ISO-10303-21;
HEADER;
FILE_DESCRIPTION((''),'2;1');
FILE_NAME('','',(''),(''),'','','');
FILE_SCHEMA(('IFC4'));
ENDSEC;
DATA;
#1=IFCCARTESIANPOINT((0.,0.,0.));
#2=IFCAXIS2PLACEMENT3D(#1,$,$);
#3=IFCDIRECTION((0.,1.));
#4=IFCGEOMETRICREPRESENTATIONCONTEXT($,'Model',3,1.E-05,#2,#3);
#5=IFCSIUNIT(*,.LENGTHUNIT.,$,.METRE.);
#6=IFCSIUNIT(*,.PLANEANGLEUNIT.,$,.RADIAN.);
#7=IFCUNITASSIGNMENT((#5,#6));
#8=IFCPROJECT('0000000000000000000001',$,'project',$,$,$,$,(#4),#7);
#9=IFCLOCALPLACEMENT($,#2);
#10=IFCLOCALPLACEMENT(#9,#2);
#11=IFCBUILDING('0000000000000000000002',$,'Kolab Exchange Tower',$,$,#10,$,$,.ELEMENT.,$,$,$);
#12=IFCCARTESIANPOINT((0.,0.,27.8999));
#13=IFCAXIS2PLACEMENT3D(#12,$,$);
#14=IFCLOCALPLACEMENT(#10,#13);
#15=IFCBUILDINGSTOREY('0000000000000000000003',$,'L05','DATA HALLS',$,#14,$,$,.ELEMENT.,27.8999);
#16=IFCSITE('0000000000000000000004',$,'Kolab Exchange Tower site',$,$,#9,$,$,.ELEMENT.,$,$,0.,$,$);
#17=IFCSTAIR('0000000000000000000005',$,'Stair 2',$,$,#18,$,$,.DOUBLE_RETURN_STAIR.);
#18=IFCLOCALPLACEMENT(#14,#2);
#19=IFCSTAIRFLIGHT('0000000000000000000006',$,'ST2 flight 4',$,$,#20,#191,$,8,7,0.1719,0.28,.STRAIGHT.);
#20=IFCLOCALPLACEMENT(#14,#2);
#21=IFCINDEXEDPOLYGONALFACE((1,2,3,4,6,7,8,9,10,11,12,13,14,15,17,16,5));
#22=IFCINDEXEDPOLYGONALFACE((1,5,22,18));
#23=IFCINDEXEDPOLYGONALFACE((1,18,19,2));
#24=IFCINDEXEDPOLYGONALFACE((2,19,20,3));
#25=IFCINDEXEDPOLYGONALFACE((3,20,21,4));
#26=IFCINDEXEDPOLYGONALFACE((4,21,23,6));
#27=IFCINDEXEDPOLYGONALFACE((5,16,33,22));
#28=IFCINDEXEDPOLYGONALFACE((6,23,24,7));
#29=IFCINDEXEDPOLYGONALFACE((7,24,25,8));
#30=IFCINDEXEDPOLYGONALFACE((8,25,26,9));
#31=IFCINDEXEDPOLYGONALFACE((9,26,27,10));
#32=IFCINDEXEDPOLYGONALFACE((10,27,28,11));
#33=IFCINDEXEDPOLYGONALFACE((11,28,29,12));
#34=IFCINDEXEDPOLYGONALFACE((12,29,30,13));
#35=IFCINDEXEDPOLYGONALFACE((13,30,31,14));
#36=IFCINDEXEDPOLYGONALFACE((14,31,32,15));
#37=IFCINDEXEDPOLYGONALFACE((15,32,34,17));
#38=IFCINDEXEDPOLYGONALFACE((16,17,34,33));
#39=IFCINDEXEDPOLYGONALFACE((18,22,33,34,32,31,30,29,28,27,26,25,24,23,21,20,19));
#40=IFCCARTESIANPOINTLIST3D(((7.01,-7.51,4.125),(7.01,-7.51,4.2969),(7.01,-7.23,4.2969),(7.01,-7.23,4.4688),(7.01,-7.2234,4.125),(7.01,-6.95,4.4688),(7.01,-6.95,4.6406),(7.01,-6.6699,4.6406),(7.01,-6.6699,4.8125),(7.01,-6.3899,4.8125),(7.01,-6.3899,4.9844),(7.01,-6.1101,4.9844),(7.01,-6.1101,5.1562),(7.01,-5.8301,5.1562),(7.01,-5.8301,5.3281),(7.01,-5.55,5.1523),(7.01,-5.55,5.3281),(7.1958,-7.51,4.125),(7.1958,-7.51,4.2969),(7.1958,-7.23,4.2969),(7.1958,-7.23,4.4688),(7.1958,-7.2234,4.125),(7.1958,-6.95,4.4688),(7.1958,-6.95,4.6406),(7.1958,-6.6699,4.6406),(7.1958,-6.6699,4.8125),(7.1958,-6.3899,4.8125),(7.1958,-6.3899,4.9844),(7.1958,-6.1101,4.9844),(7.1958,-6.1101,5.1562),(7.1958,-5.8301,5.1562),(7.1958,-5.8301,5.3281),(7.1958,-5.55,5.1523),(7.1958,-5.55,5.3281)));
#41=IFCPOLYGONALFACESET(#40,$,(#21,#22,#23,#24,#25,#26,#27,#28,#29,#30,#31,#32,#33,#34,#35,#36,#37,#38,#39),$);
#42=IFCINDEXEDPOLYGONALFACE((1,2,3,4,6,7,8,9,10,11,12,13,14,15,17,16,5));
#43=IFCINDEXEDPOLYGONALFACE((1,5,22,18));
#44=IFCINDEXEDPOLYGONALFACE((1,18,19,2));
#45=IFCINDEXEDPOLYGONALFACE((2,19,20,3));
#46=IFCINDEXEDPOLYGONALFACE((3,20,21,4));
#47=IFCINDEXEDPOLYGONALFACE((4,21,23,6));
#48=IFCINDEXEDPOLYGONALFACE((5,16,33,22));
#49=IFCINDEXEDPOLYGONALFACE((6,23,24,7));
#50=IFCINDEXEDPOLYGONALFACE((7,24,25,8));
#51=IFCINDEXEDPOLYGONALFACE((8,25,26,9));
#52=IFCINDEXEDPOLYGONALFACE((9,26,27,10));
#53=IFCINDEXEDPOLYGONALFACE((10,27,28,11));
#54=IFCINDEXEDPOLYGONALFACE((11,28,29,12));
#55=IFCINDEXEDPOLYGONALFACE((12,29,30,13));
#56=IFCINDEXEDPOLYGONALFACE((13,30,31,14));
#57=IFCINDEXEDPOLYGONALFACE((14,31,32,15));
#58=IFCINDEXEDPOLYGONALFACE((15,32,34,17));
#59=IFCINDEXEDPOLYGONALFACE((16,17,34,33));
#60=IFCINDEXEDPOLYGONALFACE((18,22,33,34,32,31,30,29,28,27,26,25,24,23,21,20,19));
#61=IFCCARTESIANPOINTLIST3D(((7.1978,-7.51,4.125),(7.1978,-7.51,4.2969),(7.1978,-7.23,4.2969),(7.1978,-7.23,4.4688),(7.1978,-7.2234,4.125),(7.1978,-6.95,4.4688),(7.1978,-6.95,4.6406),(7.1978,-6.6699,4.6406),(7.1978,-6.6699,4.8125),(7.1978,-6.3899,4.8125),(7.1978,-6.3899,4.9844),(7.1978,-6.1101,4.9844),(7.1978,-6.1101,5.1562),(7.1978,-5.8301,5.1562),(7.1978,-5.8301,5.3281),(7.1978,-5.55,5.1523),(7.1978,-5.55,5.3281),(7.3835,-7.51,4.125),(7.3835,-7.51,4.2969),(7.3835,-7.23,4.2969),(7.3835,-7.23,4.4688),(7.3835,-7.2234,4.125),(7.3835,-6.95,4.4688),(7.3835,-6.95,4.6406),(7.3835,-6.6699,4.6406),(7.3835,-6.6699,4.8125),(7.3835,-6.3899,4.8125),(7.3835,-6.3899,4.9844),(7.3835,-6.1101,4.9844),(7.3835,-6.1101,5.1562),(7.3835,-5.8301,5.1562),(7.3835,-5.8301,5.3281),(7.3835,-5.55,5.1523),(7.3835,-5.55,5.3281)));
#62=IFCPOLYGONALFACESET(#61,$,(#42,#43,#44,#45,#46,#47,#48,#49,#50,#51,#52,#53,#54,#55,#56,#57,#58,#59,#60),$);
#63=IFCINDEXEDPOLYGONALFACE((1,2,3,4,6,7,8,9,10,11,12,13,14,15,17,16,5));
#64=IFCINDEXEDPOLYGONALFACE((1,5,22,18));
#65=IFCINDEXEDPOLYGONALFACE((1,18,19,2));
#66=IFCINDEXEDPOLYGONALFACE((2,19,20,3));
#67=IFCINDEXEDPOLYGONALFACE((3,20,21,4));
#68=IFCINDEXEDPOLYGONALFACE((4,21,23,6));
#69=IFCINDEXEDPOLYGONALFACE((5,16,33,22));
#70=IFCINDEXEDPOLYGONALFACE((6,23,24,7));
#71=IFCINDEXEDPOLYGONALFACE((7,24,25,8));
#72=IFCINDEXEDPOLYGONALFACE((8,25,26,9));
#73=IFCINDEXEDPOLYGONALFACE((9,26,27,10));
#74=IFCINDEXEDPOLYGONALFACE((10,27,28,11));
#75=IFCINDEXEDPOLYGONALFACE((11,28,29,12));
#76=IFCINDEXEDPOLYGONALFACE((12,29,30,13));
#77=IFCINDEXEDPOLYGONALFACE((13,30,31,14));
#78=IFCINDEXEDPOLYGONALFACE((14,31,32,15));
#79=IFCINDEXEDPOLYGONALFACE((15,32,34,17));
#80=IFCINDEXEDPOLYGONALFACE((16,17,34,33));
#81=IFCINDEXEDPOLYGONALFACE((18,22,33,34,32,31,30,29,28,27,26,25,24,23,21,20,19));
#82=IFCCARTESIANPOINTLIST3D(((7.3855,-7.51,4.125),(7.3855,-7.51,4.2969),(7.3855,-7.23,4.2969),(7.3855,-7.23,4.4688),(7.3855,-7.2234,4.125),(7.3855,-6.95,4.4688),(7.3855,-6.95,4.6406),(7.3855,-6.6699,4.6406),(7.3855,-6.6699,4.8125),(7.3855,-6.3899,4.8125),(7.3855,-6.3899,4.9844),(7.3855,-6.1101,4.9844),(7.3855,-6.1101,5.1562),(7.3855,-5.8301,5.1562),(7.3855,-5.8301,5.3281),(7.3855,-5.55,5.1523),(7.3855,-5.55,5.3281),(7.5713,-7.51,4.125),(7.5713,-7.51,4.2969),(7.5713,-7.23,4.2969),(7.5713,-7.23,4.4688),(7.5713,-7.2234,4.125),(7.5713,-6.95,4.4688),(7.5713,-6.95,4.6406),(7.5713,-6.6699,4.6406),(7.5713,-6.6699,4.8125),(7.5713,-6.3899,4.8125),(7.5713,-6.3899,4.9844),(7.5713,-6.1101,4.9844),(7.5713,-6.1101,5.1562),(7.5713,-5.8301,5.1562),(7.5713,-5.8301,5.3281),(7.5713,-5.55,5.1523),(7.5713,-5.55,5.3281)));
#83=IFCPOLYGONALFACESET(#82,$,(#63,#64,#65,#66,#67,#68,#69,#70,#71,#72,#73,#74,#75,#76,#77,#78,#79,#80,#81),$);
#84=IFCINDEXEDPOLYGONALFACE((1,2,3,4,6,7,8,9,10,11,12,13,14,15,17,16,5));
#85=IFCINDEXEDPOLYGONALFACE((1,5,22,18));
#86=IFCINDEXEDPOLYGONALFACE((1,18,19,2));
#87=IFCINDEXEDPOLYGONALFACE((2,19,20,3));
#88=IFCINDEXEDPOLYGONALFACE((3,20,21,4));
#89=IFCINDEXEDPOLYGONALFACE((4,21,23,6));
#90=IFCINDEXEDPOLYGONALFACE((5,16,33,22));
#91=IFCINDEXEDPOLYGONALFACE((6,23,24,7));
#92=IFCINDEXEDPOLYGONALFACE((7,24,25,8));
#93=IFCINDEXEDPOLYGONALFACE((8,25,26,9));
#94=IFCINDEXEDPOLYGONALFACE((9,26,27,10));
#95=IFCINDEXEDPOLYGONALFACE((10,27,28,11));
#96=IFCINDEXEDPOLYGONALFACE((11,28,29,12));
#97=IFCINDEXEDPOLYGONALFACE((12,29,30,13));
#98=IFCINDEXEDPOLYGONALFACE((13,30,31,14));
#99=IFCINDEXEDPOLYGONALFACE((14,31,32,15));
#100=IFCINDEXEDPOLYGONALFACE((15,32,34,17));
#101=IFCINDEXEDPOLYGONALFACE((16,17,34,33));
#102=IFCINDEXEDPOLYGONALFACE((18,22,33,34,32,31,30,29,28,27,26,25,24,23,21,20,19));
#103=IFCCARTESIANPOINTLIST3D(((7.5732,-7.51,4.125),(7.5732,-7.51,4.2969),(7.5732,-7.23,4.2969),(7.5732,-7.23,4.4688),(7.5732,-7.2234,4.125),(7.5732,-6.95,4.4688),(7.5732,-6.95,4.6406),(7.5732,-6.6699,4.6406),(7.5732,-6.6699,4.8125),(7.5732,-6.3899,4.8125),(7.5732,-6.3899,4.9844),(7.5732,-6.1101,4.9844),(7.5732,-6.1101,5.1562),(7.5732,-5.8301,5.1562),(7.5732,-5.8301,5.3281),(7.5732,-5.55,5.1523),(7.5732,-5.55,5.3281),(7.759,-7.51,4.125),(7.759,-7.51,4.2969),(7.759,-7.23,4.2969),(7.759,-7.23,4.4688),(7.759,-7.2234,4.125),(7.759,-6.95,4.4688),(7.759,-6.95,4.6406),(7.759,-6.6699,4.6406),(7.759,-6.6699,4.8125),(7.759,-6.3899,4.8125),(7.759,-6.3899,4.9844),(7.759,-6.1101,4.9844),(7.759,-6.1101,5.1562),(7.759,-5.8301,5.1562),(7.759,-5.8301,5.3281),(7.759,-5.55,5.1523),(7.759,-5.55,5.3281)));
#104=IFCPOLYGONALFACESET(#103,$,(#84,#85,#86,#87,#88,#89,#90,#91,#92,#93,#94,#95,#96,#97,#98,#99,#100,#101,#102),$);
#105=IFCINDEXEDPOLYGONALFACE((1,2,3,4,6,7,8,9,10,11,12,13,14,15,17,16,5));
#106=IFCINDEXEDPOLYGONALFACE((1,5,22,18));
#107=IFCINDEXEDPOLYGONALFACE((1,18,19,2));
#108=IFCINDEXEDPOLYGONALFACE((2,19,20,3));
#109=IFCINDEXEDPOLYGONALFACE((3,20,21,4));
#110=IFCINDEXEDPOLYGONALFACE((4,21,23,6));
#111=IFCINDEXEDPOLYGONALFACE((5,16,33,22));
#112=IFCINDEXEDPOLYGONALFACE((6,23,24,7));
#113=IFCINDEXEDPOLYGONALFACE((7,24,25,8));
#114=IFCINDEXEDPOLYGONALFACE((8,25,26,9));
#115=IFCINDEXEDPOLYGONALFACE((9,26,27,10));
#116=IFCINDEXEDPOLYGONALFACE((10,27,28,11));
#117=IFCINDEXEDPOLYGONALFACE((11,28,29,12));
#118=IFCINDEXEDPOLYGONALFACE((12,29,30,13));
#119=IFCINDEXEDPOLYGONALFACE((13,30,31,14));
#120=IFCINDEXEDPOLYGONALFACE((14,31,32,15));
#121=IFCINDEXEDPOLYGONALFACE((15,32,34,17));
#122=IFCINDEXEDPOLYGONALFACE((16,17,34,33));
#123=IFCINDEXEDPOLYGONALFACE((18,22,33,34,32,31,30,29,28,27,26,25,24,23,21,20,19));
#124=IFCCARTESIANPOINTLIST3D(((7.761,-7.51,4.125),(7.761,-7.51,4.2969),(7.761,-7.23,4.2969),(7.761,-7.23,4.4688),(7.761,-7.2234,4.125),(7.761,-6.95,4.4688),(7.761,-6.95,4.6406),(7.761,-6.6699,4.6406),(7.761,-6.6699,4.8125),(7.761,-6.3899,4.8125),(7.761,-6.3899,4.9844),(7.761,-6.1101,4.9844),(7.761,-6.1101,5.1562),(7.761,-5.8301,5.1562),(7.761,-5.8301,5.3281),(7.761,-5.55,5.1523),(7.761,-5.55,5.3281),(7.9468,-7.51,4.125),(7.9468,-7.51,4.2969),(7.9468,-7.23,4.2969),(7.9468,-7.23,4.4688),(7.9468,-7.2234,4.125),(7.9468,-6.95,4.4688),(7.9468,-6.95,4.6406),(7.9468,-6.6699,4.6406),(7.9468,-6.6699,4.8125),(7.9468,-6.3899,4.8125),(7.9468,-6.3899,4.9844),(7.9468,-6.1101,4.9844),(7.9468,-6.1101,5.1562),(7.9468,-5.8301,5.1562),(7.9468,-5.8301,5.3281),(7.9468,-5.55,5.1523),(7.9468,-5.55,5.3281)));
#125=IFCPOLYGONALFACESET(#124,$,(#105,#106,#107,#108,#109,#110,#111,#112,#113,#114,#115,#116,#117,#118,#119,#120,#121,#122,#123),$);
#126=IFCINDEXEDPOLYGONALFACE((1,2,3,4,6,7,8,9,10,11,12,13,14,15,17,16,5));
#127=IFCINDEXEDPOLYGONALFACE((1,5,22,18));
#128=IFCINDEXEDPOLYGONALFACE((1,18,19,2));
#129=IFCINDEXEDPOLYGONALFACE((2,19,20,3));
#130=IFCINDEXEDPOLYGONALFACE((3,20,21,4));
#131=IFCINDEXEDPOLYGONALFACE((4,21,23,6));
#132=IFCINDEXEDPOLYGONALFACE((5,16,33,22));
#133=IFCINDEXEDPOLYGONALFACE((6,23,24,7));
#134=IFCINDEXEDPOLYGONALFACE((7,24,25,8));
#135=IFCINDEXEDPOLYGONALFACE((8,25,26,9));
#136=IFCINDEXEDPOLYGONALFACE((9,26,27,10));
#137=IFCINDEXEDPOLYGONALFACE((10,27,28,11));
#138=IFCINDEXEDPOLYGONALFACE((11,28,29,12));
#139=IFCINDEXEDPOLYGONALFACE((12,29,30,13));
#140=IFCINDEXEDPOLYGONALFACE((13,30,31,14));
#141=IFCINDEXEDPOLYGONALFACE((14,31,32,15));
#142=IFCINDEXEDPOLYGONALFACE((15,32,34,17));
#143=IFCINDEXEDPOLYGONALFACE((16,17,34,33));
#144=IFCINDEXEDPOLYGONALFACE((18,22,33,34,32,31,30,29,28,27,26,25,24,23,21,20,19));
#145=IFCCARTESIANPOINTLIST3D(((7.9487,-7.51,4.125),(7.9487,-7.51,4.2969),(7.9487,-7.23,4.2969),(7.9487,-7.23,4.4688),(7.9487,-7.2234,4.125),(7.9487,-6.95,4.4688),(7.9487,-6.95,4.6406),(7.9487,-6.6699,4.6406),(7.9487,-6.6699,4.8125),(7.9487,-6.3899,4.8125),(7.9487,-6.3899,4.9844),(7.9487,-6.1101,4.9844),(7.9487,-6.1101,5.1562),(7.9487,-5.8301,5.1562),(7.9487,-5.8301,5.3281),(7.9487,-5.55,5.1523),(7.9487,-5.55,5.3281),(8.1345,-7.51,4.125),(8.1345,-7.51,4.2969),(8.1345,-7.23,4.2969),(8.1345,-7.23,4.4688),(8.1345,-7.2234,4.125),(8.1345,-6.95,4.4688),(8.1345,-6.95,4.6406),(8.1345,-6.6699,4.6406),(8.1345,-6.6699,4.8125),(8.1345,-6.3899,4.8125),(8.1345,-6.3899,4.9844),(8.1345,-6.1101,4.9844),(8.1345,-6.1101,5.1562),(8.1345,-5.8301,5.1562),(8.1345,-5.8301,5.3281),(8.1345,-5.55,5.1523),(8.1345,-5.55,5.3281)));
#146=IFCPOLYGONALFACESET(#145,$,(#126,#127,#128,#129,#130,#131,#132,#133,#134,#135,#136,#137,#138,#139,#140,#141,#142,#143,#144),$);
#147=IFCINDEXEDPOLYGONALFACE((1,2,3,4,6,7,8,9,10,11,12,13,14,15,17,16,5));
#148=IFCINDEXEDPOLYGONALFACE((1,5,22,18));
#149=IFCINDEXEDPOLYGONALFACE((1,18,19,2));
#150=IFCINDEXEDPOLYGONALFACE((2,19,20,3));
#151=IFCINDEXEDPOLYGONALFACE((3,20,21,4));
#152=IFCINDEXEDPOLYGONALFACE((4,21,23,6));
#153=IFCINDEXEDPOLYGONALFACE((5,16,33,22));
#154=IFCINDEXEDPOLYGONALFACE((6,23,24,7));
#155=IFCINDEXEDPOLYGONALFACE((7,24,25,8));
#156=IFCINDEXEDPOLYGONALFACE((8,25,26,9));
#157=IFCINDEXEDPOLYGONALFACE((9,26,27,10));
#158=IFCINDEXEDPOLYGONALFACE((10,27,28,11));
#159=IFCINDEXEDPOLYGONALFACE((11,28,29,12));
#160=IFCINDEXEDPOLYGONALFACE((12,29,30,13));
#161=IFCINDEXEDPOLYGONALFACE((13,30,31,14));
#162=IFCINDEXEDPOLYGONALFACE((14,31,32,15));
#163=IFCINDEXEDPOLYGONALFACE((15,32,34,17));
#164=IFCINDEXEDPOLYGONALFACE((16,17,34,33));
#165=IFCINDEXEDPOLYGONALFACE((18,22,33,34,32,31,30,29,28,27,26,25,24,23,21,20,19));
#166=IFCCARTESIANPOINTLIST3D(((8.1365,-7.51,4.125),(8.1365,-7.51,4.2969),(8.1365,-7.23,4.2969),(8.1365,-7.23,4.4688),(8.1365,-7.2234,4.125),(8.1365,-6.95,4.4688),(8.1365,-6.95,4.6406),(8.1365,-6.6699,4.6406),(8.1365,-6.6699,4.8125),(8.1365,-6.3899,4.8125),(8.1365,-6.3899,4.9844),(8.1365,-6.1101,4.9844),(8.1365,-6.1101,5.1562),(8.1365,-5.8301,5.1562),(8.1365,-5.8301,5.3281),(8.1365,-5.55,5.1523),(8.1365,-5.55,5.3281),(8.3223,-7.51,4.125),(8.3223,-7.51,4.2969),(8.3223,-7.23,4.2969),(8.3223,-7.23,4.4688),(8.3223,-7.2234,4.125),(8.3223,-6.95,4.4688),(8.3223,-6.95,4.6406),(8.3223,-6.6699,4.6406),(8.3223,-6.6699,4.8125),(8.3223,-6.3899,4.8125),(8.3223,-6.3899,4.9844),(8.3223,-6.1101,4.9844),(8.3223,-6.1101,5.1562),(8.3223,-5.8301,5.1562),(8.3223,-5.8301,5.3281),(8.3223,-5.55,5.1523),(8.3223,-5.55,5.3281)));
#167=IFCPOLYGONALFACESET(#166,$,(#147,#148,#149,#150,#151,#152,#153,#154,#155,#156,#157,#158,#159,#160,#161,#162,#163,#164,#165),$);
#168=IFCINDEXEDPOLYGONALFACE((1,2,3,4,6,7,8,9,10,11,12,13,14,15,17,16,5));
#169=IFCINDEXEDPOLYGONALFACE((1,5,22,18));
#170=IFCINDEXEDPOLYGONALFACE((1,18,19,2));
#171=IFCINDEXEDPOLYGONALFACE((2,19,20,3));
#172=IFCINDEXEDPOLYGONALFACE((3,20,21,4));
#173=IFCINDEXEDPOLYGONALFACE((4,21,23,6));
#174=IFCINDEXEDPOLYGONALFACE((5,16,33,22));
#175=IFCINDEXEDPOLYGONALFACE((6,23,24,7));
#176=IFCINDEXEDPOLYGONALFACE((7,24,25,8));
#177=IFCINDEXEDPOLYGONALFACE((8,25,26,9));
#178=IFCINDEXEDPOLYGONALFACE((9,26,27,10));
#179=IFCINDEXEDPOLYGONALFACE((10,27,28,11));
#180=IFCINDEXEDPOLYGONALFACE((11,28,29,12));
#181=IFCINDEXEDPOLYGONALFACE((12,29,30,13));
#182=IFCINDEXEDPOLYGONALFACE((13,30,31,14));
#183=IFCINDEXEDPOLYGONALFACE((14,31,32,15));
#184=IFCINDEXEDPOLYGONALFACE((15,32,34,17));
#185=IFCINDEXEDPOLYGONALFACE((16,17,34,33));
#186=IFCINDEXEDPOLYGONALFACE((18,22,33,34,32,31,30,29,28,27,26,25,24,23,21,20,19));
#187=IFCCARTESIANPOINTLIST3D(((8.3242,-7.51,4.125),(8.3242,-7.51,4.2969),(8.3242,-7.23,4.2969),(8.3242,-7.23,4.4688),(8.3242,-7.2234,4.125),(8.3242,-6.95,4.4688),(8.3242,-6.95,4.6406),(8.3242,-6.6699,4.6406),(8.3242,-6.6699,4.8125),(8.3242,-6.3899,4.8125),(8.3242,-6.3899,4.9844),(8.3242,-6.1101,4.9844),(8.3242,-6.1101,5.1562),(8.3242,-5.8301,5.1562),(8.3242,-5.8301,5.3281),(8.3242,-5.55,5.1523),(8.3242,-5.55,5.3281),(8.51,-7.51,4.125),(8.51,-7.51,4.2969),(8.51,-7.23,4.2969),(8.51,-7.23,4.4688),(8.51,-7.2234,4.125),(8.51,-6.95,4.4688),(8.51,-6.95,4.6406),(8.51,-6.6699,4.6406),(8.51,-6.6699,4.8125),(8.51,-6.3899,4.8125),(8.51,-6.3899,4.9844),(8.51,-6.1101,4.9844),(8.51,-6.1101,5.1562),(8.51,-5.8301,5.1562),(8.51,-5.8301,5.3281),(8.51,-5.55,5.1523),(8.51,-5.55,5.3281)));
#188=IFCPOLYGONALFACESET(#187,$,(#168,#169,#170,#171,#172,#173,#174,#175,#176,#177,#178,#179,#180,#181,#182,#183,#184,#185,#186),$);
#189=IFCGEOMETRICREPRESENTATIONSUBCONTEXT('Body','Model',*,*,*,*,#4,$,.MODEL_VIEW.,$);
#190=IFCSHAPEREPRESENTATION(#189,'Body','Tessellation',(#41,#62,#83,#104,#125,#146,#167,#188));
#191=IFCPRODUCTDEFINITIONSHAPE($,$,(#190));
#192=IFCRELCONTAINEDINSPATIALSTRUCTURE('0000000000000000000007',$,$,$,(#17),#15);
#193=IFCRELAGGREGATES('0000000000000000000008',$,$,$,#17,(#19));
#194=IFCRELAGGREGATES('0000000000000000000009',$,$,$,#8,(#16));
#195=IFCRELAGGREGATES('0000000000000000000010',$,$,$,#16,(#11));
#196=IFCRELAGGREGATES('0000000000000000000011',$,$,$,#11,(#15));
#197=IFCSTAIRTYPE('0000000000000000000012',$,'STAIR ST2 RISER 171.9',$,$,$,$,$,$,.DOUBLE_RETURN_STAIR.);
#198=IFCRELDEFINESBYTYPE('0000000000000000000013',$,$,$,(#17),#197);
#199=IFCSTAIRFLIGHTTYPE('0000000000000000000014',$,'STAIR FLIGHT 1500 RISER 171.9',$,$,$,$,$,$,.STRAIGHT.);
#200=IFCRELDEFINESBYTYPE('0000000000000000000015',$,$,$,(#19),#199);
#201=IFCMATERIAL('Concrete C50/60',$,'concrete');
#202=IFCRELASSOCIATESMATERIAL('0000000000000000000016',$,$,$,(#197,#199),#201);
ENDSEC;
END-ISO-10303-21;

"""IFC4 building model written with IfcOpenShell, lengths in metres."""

from ifc_helpers import new_model, si_unit, direction, frame, origin, place, context, subcontext, project, spatial, polyline, outline, extrude, material, type_object, element, aggregate, save


model = new_model("IFC4")

# Units and contexts
model_context = context("Model", 3, precision=1e-05, world=origin(), true_north=direction((0.0, 1.0)))
body_context = subcontext(model_context, "Body", "Model", "MODEL_VIEW")
ifc_project = project(units=[si_unit("LENGTHUNIT", "METRE"), si_unit("PLANEANGLEUNIT", "RADIAN")], contexts=[model_context])

# Site, building, storey
site_placement = place(None, origin())
site = spatial("IfcSite", under=ifc_project, at=site_placement, Name="Kolab Exchange Tower site", CompositionType="ELEMENT", RefElevation=0.0)
building_placement = place(site_placement, origin())
building = spatial("IfcBuilding", under=site, at=building_placement, Name="Kolab Exchange Tower", CompositionType="ELEMENT")
storey_placement = place(building_placement, frame((0.0, 0.0, 27.8999)))
storey = spatial("IfcBuildingStorey", under=building, at=storey_placement, Name="L05", Description="DATA HALLS", CompositionType="ELEMENT", Elevation=27.8999)

# Shared definitions
ifc_material_1 = material(Name="Concrete C50/60", Category="concrete")

# Stair, stair flight
stair_type_1 = type_object("IfcStairType", Name="STAIR ST2 RISER 171.9", PredefinedType="DOUBLE_RETURN_STAIR", material=ifc_material_1)
stair_1_placement = place(storey_placement, origin())
stair_1 = element("IfcStair", 1, at=stair_1_placement, inside=storey, type_object=stair_type_1, Name="Stair 2", PredefinedType="DOUBLE_RETURN_STAIR")
stair_flight_type = type_object("IfcStairFlightType", Name="STAIR FLIGHT 1500 RISER 171.9", PredefinedType="STRAIGHT", material=ifc_material_1)
stair_flight_1_placement = place(storey_placement, frame((7.76, -7.51, 4.125), z_axis=(0.0, 0.0, 1.0), x_axis=(0.0, 1.0, 0.0)))
stair_flight_1 = element("IfcStairFlight", 2, at=stair_flight_1_placement, type_object=stair_flight_type, Name="ST2 flight 4", NumberOfRisers=8, NumberOfTreads=7, PredefinedType="STRAIGHT", RiserHeight=0.1719, TreadLength=0.28, context=body_context, shape_type="SweptSolid", body=[
    extrude(outline(polyline([(0.0, 0.0), (0.0, 0.1719), (0.28, 0.1719), (0.28, 0.3438), (0.5601, 0.3438), (0.5601, 0.5156), (0.8401, 0.5156), (0.8401, 0.6875), (1.1201, 0.6875), (1.1201, 0.8594), (1.3999, 0.8594), (1.3999, 1.0312), (1.6799, 1.0312), (1.6799, 1.2031), (1.96, 1.2031), (1.96, 1.375), (1.96, 1.0273), (0.2866, 0.0), (0.0, 0.0)])), frame((0.0, 0.75, 0.0), z_axis=(0.0, -1.0, 0.0), x_axis=(1.0, 0.0, 0.0)), (0.0, 0.0, 1.0), 0.1858),
    extrude(outline(polyline([(0.0, 0.0), (0.0, 0.1719), (0.28, 0.1719), (0.28, 0.3438), (0.5601, 0.3438), (0.5601, 0.5156), (0.8401, 0.5156), (0.8401, 0.6875), (1.1201, 0.6875), (1.1201, 0.8594), (1.3999, 0.8594), (1.3999, 1.0312), (1.6799, 1.0312), (1.6799, 1.2031), (1.96, 1.2031), (1.96, 1.375), (1.96, 1.0273), (0.2866, 0.0), (0.0, 0.0)])), frame((0.0, 0.5623, 0.0), z_axis=(0.0, -1.0, 0.0), x_axis=(1.0, 0.0, 0.0)), (0.0, 0.0, 1.0), 0.1858),
    extrude(outline(polyline([(0.0, 0.0), (0.0, 0.1719), (0.28, 0.1719), (0.28, 0.3438), (0.5601, 0.3438), (0.5601, 0.5156), (0.8401, 0.5156), (0.8401, 0.6875), (1.1201, 0.6875), (1.1201, 0.8594), (1.3999, 0.8594), (1.3999, 1.0312), (1.6799, 1.0312), (1.6799, 1.2031), (1.96, 1.2031), (1.96, 1.375), (1.96, 1.0273), (0.2866, 0.0), (0.0, 0.0)])), frame((0.0, 0.3745, 0.0), z_axis=(0.0, -1.0, 0.0), x_axis=(1.0, 0.0, 0.0)), (0.0, 0.0, 1.0), 0.1858),
    extrude(outline(polyline([(0.0, 0.0), (0.0, 0.1719), (0.28, 0.1719), (0.28, 0.3438), (0.5601, 0.3438), (0.5601, 0.5156), (0.8401, 0.5156), (0.8401, 0.6875), (1.1201, 0.6875), (1.1201, 0.8594), (1.3999, 0.8594), (1.3999, 1.0312), (1.6799, 1.0312), (1.6799, 1.2031), (1.96, 1.2031), (1.96, 1.375), (1.96, 1.0273), (0.2866, 0.0), (0.0, 0.0)])), frame((0.0, 0.1868, 0.0), z_axis=(0.0, -1.0, 0.0), x_axis=(1.0, 0.0, 0.0)), (0.0, 0.0, 1.0), 0.1858),
    extrude(outline(polyline([(0.0, 0.0), (0.0, 0.1719), (0.28, 0.1719), (0.28, 0.3438), (0.5601, 0.3438), (0.5601, 0.5156), (0.8401, 0.5156), (0.8401, 0.6875), (1.1201, 0.6875), (1.1201, 0.8594), (1.3999, 0.8594), (1.3999, 1.0312), (1.6799, 1.0312), (1.6799, 1.2031), (1.96, 1.2031), (1.96, 1.375), (1.96, 1.0273), (0.2866, 0.0), (0.0, 0.0)])), frame((0.0, -0.001, 0.0), z_axis=(0.0, -1.0, 0.0), x_axis=(1.0, 0.0, 0.0)), (0.0, 0.0, 1.0), 0.1858),
    extrude(outline(polyline([(0.0, 0.0), (0.0, 0.1719), (0.28, 0.1719), (0.28, 0.3438), (0.5601, 0.3438), (0.5601, 0.5156), (0.8401, 0.5156), (0.8401, 0.6875), (1.1201, 0.6875), (1.1201, 0.8594), (1.3999, 0.8594), (1.3999, 1.0312), (1.6799, 1.0312), (1.6799, 1.2031), (1.96, 1.2031), (1.96, 1.375), (1.96, 1.0273), (0.2866, 0.0), (0.0, 0.0)])), frame((0.0, -0.1887, 0.0), z_axis=(0.0, -1.0, 0.0), x_axis=(1.0, 0.0, 0.0)), (0.0, 0.0, 1.0), 0.1858),
    extrude(outline(polyline([(0.0, 0.0), (0.0, 0.1719), (0.28, 0.1719), (0.28, 0.3438), (0.5601, 0.3438), (0.5601, 0.5156), (0.8401, 0.5156), (0.8401, 0.6875), (1.1201, 0.6875), (1.1201, 0.8594), (1.3999, 0.8594), (1.3999, 1.0312), (1.6799, 1.0312), (1.6799, 1.2031), (1.96, 1.2031), (1.96, 1.375), (1.96, 1.0273), (0.2866, 0.0), (0.0, 0.0)])), frame((0.0, -0.3765, 0.0), z_axis=(0.0, -1.0, 0.0), x_axis=(1.0, 0.0, 0.0)), (0.0, 0.0, 1.0), 0.1858),
    extrude(outline(polyline([(0.0, 0.0), (0.0, 0.1719), (0.28, 0.1719), (0.28, 0.3438), (0.5601, 0.3438), (0.5601, 0.5156), (0.8401, 0.5156), (0.8401, 0.6875), (1.1201, 0.6875), (1.1201, 0.8594), (1.3999, 0.8594), (1.3999, 1.0312), (1.6799, 1.0312), (1.6799, 1.2031), (1.96, 1.2031), (1.96, 1.375), (1.96, 1.0273), (0.2866, 0.0), (0.0, 0.0)])), frame((0.0, -0.5642, 0.0), z_axis=(0.0, -1.0, 0.0), x_axis=(1.0, 0.0, 0.0)), (0.0, 0.0, 1.0), 0.1858),
])
aggregate(stair_1, [stair_flight_1])

save(model, "model.ifc")
